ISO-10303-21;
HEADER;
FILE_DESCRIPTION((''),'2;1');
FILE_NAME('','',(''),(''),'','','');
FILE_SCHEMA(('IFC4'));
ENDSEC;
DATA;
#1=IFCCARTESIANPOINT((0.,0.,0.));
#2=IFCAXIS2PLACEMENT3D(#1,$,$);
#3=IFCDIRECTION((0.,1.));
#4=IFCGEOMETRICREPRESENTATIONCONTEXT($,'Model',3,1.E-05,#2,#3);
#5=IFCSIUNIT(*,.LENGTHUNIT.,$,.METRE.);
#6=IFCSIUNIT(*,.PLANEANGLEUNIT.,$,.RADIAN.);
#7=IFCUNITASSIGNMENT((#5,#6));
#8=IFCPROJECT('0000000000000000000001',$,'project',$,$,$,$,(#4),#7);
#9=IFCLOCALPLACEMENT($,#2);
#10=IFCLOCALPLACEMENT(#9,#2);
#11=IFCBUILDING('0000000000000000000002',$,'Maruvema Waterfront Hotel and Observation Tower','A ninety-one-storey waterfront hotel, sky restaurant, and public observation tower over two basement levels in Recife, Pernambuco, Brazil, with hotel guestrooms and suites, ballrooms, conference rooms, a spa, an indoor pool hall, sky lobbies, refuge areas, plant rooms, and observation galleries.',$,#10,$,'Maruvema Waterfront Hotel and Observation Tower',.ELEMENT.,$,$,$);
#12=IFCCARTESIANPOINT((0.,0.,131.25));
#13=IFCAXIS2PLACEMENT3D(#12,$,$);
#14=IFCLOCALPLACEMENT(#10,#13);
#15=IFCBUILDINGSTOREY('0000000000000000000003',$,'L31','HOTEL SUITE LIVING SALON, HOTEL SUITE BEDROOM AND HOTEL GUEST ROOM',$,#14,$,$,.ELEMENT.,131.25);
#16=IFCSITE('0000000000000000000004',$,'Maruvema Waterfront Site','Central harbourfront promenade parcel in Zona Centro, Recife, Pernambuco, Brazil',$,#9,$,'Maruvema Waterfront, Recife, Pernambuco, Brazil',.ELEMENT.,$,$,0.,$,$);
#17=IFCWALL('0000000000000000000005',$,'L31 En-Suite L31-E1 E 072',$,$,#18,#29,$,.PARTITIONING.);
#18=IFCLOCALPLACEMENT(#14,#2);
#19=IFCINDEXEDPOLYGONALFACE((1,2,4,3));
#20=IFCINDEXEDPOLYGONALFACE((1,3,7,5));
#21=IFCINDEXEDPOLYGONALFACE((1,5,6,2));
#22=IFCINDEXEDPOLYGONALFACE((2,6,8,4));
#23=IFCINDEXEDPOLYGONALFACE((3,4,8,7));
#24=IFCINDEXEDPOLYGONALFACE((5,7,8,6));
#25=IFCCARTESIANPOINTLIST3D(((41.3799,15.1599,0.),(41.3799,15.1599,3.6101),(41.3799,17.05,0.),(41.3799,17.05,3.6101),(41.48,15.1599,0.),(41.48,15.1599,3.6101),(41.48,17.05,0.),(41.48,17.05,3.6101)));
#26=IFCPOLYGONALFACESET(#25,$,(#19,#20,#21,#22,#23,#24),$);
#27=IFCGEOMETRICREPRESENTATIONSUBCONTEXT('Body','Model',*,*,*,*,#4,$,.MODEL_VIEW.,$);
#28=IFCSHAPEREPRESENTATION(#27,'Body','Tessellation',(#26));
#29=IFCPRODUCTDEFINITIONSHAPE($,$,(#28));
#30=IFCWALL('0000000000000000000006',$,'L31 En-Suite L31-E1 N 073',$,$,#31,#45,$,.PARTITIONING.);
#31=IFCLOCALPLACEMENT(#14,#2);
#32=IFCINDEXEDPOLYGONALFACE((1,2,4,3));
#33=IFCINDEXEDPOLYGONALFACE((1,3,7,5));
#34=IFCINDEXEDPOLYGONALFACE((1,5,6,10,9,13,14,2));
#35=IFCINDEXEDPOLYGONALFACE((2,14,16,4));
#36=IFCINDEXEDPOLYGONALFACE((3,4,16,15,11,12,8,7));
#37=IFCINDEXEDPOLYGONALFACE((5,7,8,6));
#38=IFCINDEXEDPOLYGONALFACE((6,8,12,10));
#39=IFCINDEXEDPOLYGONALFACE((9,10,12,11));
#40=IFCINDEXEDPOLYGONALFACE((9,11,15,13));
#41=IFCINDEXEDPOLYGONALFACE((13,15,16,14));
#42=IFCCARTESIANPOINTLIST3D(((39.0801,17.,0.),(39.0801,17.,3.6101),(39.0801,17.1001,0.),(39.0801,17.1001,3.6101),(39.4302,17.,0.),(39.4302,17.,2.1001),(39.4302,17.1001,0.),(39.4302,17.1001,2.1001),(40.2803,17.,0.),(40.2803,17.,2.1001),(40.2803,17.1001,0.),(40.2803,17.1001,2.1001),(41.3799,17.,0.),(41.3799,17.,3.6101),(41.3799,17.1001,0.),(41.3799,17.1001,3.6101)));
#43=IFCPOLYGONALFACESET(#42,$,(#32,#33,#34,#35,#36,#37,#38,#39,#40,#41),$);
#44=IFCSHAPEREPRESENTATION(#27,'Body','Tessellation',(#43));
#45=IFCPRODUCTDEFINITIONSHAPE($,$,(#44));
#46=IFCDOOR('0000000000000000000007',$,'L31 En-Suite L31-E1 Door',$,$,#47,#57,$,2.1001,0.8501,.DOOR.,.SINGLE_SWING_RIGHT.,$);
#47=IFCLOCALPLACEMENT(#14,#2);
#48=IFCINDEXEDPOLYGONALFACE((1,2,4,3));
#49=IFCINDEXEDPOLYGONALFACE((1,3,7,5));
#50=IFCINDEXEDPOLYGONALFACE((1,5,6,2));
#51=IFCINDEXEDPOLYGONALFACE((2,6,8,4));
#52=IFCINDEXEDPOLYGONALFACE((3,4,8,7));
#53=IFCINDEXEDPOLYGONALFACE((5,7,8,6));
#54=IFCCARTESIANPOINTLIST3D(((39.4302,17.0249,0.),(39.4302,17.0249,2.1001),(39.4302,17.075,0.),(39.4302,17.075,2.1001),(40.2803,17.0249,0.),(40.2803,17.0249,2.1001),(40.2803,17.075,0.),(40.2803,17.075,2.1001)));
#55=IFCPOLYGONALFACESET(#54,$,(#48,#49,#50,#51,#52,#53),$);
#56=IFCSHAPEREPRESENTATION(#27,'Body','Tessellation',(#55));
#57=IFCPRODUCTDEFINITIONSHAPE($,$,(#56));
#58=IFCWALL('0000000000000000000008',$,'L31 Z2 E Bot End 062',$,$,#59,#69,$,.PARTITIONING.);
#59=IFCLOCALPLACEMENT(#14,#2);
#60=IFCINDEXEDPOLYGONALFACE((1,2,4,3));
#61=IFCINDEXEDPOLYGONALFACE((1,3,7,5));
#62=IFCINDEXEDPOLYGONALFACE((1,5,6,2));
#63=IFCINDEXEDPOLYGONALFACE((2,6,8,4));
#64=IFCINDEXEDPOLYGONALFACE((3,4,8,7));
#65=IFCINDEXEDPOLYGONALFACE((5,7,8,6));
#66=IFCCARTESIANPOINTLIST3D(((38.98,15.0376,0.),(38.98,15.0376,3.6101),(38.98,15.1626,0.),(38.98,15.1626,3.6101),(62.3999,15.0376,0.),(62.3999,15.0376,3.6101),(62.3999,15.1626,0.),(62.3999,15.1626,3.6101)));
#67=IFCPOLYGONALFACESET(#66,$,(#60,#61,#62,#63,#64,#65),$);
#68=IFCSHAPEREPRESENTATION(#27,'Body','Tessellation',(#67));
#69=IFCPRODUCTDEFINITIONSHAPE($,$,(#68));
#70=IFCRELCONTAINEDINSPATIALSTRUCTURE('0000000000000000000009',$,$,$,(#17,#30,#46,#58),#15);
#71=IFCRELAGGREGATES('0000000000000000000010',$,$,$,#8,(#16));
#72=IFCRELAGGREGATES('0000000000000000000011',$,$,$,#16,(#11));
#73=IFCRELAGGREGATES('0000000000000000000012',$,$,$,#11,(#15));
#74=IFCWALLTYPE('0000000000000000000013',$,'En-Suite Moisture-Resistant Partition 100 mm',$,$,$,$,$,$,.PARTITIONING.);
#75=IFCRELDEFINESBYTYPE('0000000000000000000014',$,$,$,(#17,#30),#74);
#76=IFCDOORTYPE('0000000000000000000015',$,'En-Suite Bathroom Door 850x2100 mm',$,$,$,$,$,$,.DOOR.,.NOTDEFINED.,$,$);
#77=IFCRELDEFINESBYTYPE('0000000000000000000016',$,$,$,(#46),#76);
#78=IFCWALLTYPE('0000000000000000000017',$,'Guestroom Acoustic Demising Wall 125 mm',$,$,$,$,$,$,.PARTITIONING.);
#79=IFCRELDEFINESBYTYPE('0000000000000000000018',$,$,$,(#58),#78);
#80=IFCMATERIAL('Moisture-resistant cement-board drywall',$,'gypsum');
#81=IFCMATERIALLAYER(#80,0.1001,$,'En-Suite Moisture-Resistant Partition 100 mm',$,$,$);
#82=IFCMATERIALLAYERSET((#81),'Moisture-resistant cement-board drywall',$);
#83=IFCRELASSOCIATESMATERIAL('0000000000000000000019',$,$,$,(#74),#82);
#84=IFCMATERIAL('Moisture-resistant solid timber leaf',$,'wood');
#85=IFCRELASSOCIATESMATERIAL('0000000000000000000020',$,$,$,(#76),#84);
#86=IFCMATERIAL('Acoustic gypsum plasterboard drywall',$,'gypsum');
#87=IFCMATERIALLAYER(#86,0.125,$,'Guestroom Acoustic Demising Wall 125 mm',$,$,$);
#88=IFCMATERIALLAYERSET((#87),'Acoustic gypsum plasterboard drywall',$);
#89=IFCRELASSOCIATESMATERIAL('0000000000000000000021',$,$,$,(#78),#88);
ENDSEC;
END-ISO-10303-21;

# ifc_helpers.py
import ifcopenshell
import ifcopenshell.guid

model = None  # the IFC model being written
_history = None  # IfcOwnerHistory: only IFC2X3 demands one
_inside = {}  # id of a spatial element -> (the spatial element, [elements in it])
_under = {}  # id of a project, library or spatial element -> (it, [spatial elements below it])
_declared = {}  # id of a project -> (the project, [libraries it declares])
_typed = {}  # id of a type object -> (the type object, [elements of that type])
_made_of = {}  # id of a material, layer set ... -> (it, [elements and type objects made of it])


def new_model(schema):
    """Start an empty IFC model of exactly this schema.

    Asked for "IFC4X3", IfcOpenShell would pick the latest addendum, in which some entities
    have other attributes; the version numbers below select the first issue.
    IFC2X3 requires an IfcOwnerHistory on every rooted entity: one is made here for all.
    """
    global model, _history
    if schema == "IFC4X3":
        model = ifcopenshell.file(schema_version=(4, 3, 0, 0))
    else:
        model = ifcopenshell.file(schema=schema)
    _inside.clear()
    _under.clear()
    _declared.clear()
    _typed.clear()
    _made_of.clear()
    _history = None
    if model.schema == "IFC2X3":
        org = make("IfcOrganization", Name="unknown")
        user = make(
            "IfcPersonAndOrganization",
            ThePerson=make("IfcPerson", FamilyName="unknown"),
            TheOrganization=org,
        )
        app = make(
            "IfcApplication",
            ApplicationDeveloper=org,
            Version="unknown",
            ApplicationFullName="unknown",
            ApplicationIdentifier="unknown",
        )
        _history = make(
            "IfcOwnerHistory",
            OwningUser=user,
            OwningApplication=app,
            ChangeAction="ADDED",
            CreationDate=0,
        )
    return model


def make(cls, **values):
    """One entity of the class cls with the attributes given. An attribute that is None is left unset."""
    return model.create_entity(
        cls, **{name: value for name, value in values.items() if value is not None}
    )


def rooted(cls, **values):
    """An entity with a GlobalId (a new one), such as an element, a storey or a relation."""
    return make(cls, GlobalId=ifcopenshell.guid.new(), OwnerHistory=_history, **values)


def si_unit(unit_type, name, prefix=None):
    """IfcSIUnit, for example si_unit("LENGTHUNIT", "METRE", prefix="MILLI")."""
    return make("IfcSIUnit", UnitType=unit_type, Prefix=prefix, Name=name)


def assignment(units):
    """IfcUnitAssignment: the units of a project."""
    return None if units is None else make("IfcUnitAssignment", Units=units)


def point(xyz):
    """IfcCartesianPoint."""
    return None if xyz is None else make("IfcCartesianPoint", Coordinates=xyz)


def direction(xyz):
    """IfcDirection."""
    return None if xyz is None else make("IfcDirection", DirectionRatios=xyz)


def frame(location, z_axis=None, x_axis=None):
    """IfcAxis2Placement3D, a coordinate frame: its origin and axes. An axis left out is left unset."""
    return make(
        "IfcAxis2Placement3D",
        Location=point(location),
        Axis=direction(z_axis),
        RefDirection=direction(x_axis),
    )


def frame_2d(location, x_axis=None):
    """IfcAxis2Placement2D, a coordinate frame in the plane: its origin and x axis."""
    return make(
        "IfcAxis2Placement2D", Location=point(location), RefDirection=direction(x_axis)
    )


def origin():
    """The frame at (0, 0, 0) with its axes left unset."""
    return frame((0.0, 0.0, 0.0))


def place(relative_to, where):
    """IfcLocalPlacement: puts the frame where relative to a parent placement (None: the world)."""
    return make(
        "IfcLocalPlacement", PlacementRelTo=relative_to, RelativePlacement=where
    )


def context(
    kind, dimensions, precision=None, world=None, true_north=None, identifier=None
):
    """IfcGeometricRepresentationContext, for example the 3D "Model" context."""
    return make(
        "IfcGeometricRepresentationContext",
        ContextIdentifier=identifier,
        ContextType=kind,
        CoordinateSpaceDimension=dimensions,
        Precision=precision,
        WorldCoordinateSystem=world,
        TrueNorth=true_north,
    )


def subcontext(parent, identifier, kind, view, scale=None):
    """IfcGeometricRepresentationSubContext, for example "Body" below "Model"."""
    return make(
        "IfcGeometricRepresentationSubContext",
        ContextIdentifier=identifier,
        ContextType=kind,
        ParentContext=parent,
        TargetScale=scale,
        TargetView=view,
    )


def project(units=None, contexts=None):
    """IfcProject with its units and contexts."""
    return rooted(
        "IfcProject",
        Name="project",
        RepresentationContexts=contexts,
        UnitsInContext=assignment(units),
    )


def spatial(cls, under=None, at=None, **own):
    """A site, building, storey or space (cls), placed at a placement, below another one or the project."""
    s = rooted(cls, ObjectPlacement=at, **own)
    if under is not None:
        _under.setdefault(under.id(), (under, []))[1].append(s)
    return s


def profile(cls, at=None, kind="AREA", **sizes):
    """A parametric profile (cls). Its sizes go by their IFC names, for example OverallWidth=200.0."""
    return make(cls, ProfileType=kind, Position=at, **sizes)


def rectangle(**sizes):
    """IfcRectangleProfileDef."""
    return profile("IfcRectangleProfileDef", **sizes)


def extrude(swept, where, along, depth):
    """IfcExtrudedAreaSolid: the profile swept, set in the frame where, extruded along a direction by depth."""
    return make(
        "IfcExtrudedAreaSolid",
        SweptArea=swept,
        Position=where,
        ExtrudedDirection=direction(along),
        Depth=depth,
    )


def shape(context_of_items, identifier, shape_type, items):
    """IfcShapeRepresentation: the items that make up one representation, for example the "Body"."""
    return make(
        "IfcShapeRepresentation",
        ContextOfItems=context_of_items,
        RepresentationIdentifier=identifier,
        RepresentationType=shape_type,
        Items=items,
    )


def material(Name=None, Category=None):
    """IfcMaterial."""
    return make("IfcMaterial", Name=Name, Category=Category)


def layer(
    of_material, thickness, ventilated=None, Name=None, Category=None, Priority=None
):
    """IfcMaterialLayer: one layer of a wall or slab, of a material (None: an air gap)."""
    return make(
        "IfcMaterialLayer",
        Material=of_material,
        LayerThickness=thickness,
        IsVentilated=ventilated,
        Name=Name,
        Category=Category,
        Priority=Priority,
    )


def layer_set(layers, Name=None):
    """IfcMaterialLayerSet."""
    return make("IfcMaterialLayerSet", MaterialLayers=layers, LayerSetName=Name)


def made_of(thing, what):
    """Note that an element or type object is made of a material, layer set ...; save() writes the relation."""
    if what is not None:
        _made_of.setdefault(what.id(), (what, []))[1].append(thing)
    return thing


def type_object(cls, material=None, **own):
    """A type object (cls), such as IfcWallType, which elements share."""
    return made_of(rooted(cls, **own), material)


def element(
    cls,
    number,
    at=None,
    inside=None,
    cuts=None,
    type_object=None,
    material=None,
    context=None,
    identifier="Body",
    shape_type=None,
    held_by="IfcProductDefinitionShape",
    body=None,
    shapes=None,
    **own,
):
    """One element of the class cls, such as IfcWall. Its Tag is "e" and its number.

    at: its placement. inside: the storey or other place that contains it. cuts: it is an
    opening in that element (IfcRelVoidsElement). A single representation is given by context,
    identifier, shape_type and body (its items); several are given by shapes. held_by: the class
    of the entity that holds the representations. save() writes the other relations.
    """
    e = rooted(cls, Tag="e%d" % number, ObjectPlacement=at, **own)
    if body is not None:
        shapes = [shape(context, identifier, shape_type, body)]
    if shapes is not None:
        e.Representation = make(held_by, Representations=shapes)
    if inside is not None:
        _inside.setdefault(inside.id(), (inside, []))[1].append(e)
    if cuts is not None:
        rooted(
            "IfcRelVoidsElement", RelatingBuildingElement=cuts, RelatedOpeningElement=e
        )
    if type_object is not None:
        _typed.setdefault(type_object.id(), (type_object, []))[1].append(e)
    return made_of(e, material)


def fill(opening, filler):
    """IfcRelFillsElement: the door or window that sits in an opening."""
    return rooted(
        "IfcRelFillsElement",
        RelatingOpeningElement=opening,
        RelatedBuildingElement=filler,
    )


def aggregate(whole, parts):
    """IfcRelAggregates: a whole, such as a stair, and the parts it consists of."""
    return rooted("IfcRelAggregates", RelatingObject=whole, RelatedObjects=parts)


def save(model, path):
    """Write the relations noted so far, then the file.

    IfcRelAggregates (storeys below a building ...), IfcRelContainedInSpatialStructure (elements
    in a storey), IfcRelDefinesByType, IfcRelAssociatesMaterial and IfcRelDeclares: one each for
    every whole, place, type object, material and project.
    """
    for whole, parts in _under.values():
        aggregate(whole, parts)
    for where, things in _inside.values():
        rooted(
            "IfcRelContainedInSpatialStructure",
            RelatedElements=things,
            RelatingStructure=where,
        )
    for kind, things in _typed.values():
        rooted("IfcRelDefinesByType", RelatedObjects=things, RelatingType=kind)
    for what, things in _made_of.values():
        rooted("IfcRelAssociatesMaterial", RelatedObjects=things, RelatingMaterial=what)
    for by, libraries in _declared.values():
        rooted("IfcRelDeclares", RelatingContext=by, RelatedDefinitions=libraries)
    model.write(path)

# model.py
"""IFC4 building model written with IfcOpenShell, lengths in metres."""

from ifc_helpers import new_model, si_unit, direction, frame, frame_2d, origin, place, context, subcontext, project, spatial, rectangle, extrude, material, layer, layer_set, type_object, element, fill, save


model = new_model("IFC4")

# Units and contexts
model_context = context("Model", 3, precision=1e-05, world=origin(), true_north=direction((0.0, 1.0)))
body_context = subcontext(model_context, "Body", "Model", "MODEL_VIEW")
ifc_project = project(units=[si_unit("LENGTHUNIT", "METRE"), si_unit("PLANEANGLEUNIT", "RADIAN")], contexts=[model_context])

# Site, building, storey
site_placement = place(None, origin())
site = spatial("IfcSite", under=ifc_project, at=site_placement, Name="Maruvema Waterfront Site", Description="Central harbourfront promenade parcel in Zona Centro, Recife, Pernambuco, Brazil", LongName="Maruvema Waterfront, Recife, Pernambuco, Brazil", CompositionType="ELEMENT", RefElevation=0.0)
building_placement = place(site_placement, origin())
building = spatial("IfcBuilding", under=site, at=building_placement, Name="Maruvema Waterfront Hotel and Observation Tower", Description="A ninety-one-storey waterfront hotel, sky restaurant, and public observation tower over two basement levels in Recife, Pernambuco, Brazil, with hotel guestrooms and suites, ballrooms, conference rooms, a spa, an indoor pool hall, sky lobbies, refuge areas, plant rooms, and observation galleries.", LongName="Maruvema Waterfront Hotel and Observation Tower", CompositionType="ELEMENT")
storey_placement = place(building_placement, frame((0.0, 0.0, 131.25)))
storey = spatial("IfcBuildingStorey", under=building, at=storey_placement, Name="L31", Description="HOTEL SUITE LIVING SALON, HOTEL SUITE BEDROOM AND HOTEL GUEST ROOM", CompositionType="ELEMENT", Elevation=131.25)

# Shared definitions
ifc_material_1 = material(Name="Moisture-resistant cement-board drywall", Category="gypsum")
ifc_layer_1 = layer(ifc_material_1, 0.1001, Name="En-Suite Moisture-Resistant Partition 100 mm")
ifc_layer_set_1 = layer_set([ifc_layer_1], Name="Moisture-resistant cement-board drywall")
wall_type_1 = type_object("IfcWallType", Name="En-Suite Moisture-Resistant Partition 100 mm", PredefinedType="PARTITIONING", material=ifc_layer_set_1)
ifc_material_2 = material(Name="Moisture-resistant solid timber leaf", Category="wood")
door_type_1 = type_object("IfcDoorType", Name="En-Suite Bathroom Door 850x2100 mm", OperationType="NOTDEFINED", PredefinedType="DOOR", material=ifc_material_2)

# Wall
wall_1_placement = place(storey_placement, frame((41.4299, 15.1599, 0.0), z_axis=(0.0, 0.0, 1.0), x_axis=(0.0, 1.0, 0.0)))
element("IfcWall", 1, at=wall_1_placement, inside=storey, type_object=wall_type_1, Name="L31 En-Suite L31-E1 E 072", PredefinedType="PARTITIONING", context=body_context, shape_type="SweptSolid", body=[
    extrude(rectangle(XDim=1.8901, YDim=0.1001, at=frame_2d((0.9451, 0.0))), origin(), (0.0, 0.0, 1.0), 3.6101),
])

# Wall, opening, door
wall_2_placement = place(storey_placement, frame((39.0801, 17.05, 0.0), z_axis=(0.0, 0.0, 1.0), x_axis=(1.0, 0.0, 0.0)))
wall_2 = element("IfcWall", 2, at=wall_2_placement, inside=storey, type_object=wall_type_1, Name="L31 En-Suite L31-E1 N 073", PredefinedType="PARTITIONING", context=body_context, shape_type="SweptSolid", body=[
    extrude(rectangle(XDim=2.2998, YDim=0.1001, at=frame_2d((1.1499, 0.0))), origin(), (0.0, 0.0, 1.0), 3.6101),
])
opening_1_placement = place(wall_2_placement, frame((0.3501, 0.0, 0.0)))
opening_1 = element("IfcOpeningElement", 3, at=opening_1_placement, cuts=wall_2, PredefinedType="OPENING", context=body_context, shape_type="SweptSolid", body=[
    extrude(rectangle(XDim=0.8501, YDim=2.1001, at=frame_2d((0.425, 1.05))), frame((0.0, 0.0601, 0.0), z_axis=(0.0, -1.0, 0.0), x_axis=(1.0, 0.0, 0.0)), (0.0, 0.0, 1.0), 0.1201),
])
door_1_placement = place(opening_1_placement, origin())
door_1 = element("IfcDoor", 4, at=door_1_placement, inside=storey, type_object=door_type_1, Name="L31 En-Suite L31-E1 Door", OperationType="SINGLE_SWING_RIGHT", OverallHeight=2.1001, OverallWidth=0.8501, PredefinedType="DOOR", context=body_context, shape_type="SweptSolid", body=[
    extrude(rectangle(XDim=0.8501, YDim=2.1001, at=frame_2d((0.425, 1.05))), frame((0.0, 0.0249, 0.0), z_axis=(0.0, -1.0, 0.0), x_axis=(1.0, 0.0, 0.0)), (0.0, 0.0, 1.0), 0.05),
])
fill(opening_1, door_1)

# Wall
ifc_material_3 = material(Name="Acoustic gypsum plasterboard drywall", Category="gypsum")
ifc_layer_2 = layer(ifc_material_3, 0.125, Name="Guestroom Acoustic Demising Wall 125 mm")
ifc_layer_set_2 = layer_set([ifc_layer_2], Name="Acoustic gypsum plasterboard drywall")
wall_type_2 = type_object("IfcWallType", Name="Guestroom Acoustic Demising Wall 125 mm", PredefinedType="PARTITIONING", material=ifc_layer_set_2)
wall_3_placement = place(storey_placement, frame((38.98, 15.1001, 0.0), z_axis=(0.0, 0.0, 1.0), x_axis=(1.0, 0.0, 0.0)))
element("IfcWall", 5, at=wall_3_placement, inside=storey, type_object=wall_type_2, Name="L31 Z2 E Bot End 062", PredefinedType="PARTITIONING", context=body_context, shape_type="SweptSolid", body=[
    extrude(rectangle(XDim=23.4199, YDim=0.125, at=frame_2d((11.71, 0.0))), origin(), (0.0, 0.0, 1.0), 3.6101),
])

save(model, "model.ifc")
